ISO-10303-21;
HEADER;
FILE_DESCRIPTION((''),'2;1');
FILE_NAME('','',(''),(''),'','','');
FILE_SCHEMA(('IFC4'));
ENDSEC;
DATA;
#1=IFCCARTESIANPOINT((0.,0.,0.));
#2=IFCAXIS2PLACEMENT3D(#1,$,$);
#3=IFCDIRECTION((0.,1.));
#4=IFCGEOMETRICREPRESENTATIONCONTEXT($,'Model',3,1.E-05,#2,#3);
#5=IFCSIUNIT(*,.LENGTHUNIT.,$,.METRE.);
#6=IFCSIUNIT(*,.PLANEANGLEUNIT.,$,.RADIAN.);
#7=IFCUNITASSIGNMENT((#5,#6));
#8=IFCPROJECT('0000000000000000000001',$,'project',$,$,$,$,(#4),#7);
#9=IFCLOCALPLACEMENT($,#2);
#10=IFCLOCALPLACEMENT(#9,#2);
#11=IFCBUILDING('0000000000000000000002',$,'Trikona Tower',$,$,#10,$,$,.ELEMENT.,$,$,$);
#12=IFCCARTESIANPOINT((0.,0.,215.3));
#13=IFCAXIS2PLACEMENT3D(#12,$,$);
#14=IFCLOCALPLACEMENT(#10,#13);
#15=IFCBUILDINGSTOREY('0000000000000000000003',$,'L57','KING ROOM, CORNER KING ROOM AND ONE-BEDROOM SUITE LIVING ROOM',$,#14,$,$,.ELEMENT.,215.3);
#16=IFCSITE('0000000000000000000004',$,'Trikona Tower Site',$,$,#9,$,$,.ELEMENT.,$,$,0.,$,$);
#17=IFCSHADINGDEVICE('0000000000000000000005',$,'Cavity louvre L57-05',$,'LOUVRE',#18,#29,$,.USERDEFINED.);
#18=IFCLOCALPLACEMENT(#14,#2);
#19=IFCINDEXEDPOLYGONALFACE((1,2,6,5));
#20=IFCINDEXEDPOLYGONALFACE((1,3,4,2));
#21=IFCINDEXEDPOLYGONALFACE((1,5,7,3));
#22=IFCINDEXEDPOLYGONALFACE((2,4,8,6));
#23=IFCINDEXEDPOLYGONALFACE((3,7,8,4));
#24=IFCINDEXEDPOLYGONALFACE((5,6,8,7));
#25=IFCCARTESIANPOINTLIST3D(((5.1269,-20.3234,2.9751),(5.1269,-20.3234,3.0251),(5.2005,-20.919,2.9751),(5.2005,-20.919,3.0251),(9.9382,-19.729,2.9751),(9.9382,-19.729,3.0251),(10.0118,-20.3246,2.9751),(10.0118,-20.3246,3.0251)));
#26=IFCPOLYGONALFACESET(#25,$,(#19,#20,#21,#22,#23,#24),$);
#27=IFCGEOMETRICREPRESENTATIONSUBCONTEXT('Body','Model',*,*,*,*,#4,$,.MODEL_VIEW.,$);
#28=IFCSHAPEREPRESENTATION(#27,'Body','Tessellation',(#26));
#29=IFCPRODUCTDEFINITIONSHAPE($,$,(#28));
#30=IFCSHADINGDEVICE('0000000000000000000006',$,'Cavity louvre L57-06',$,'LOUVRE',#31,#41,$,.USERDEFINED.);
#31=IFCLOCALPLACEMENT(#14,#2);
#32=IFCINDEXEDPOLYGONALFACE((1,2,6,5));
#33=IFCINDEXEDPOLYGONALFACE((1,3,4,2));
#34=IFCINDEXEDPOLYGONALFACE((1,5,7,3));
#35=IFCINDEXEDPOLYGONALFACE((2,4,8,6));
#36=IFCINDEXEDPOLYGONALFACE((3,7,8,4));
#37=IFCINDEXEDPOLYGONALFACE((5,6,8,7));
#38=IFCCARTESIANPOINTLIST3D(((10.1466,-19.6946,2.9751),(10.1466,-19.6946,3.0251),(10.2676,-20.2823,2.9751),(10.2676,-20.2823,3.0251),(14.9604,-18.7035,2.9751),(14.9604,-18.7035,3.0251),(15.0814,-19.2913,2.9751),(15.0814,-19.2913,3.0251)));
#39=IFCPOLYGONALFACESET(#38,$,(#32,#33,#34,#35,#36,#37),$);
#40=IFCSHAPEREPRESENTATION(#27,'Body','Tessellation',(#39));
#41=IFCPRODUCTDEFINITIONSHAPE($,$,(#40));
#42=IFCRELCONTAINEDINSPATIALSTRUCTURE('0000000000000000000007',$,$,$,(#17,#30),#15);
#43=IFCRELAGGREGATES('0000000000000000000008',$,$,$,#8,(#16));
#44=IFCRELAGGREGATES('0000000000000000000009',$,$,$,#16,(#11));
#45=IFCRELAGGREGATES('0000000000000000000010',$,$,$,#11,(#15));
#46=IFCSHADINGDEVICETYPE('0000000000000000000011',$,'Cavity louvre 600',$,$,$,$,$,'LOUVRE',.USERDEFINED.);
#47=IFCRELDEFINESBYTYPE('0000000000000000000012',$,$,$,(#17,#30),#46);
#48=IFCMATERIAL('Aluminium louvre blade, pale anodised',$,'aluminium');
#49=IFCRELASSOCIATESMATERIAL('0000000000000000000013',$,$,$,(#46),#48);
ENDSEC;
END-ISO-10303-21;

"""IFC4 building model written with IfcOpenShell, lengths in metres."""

from ifc_helpers import new_model, si_unit, direction, frame, origin, origin_2d, place, context, subcontext, project, spatial, rectangle, extrude, material, type_object, element, save


model = new_model("IFC4")

# Units and contexts
model_context = context("Model", 3, precision=1e-05, world=origin(), true_north=direction((0.0, 1.0)))
body_context = subcontext(model_context, "Body", "Model", "MODEL_VIEW")
ifc_project = project(units=[si_unit("LENGTHUNIT", "METRE"), si_unit("PLANEANGLEUNIT", "RADIAN")], contexts=[model_context])

# Site, building, storey
site_placement = place(None, origin())
site = spatial("IfcSite", under=ifc_project, at=site_placement, Name="Trikona Tower Site", CompositionType="ELEMENT", RefElevation=0.0)
building_placement = place(site_placement, origin())
building = spatial("IfcBuilding", under=site, at=building_placement, Name="Trikona Tower", CompositionType="ELEMENT")
storey_placement = place(building_placement, frame((0.0, 0.0, 215.3)))
storey = spatial("IfcBuildingStorey", under=building, at=storey_placement, Name="L57", Description="KING ROOM, CORNER KING ROOM AND ONE-BEDROOM SUITE LIVING ROOM", CompositionType="ELEMENT", Elevation=215.3)

# Shading devices
ifc_material_1 = material(Name="Aluminium louvre blade, pale anodised", Category="aluminium")
shading_device_type = type_object("IfcShadingDeviceType", Name="Cavity louvre 600", ElementType="LOUVRE", PredefinedType="USERDEFINED", material=ifc_material_1)
shading_device_1_placement = place(storey_placement, frame((7.5693, -20.324, 2.9751), z_axis=(0.0, 0.0, 1.0), x_axis=(0.992455, 0.122607, 0.0)))
element("IfcShadingDevice", 1, at=shading_device_1_placement, inside=storey, type_object=shading_device_type, Name="Cavity louvre L57-05", ObjectType="LOUVRE", PredefinedType="USERDEFINED", context=body_context, shape_type="SweptSolid", body=[
    extrude(rectangle(XDim=4.8479, YDim=0.6001, at=origin_2d()), origin(), (0.0, 0.0, 1.0), 0.05),
])
shading_device_2_placement = place(storey_placement, frame((12.614, -19.4929, 2.9751), z_axis=(0.0, 0.0, 1.0), x_axis=(0.979458, 0.201651, 0.0)))
element("IfcShadingDevice", 2, at=shading_device_2_placement, inside=storey, type_object=shading_device_type, Name="Cavity louvre L57-06", ObjectType="LOUVRE", PredefinedType="USERDEFINED", context=body_context, shape_type="SweptSolid", body=[
    extrude(rectangle(XDim=4.9148, YDim=0.6001, at=origin_2d()), origin(), (0.0, 0.0, 1.0), 0.05),
])

save(model, "model.ifc")
